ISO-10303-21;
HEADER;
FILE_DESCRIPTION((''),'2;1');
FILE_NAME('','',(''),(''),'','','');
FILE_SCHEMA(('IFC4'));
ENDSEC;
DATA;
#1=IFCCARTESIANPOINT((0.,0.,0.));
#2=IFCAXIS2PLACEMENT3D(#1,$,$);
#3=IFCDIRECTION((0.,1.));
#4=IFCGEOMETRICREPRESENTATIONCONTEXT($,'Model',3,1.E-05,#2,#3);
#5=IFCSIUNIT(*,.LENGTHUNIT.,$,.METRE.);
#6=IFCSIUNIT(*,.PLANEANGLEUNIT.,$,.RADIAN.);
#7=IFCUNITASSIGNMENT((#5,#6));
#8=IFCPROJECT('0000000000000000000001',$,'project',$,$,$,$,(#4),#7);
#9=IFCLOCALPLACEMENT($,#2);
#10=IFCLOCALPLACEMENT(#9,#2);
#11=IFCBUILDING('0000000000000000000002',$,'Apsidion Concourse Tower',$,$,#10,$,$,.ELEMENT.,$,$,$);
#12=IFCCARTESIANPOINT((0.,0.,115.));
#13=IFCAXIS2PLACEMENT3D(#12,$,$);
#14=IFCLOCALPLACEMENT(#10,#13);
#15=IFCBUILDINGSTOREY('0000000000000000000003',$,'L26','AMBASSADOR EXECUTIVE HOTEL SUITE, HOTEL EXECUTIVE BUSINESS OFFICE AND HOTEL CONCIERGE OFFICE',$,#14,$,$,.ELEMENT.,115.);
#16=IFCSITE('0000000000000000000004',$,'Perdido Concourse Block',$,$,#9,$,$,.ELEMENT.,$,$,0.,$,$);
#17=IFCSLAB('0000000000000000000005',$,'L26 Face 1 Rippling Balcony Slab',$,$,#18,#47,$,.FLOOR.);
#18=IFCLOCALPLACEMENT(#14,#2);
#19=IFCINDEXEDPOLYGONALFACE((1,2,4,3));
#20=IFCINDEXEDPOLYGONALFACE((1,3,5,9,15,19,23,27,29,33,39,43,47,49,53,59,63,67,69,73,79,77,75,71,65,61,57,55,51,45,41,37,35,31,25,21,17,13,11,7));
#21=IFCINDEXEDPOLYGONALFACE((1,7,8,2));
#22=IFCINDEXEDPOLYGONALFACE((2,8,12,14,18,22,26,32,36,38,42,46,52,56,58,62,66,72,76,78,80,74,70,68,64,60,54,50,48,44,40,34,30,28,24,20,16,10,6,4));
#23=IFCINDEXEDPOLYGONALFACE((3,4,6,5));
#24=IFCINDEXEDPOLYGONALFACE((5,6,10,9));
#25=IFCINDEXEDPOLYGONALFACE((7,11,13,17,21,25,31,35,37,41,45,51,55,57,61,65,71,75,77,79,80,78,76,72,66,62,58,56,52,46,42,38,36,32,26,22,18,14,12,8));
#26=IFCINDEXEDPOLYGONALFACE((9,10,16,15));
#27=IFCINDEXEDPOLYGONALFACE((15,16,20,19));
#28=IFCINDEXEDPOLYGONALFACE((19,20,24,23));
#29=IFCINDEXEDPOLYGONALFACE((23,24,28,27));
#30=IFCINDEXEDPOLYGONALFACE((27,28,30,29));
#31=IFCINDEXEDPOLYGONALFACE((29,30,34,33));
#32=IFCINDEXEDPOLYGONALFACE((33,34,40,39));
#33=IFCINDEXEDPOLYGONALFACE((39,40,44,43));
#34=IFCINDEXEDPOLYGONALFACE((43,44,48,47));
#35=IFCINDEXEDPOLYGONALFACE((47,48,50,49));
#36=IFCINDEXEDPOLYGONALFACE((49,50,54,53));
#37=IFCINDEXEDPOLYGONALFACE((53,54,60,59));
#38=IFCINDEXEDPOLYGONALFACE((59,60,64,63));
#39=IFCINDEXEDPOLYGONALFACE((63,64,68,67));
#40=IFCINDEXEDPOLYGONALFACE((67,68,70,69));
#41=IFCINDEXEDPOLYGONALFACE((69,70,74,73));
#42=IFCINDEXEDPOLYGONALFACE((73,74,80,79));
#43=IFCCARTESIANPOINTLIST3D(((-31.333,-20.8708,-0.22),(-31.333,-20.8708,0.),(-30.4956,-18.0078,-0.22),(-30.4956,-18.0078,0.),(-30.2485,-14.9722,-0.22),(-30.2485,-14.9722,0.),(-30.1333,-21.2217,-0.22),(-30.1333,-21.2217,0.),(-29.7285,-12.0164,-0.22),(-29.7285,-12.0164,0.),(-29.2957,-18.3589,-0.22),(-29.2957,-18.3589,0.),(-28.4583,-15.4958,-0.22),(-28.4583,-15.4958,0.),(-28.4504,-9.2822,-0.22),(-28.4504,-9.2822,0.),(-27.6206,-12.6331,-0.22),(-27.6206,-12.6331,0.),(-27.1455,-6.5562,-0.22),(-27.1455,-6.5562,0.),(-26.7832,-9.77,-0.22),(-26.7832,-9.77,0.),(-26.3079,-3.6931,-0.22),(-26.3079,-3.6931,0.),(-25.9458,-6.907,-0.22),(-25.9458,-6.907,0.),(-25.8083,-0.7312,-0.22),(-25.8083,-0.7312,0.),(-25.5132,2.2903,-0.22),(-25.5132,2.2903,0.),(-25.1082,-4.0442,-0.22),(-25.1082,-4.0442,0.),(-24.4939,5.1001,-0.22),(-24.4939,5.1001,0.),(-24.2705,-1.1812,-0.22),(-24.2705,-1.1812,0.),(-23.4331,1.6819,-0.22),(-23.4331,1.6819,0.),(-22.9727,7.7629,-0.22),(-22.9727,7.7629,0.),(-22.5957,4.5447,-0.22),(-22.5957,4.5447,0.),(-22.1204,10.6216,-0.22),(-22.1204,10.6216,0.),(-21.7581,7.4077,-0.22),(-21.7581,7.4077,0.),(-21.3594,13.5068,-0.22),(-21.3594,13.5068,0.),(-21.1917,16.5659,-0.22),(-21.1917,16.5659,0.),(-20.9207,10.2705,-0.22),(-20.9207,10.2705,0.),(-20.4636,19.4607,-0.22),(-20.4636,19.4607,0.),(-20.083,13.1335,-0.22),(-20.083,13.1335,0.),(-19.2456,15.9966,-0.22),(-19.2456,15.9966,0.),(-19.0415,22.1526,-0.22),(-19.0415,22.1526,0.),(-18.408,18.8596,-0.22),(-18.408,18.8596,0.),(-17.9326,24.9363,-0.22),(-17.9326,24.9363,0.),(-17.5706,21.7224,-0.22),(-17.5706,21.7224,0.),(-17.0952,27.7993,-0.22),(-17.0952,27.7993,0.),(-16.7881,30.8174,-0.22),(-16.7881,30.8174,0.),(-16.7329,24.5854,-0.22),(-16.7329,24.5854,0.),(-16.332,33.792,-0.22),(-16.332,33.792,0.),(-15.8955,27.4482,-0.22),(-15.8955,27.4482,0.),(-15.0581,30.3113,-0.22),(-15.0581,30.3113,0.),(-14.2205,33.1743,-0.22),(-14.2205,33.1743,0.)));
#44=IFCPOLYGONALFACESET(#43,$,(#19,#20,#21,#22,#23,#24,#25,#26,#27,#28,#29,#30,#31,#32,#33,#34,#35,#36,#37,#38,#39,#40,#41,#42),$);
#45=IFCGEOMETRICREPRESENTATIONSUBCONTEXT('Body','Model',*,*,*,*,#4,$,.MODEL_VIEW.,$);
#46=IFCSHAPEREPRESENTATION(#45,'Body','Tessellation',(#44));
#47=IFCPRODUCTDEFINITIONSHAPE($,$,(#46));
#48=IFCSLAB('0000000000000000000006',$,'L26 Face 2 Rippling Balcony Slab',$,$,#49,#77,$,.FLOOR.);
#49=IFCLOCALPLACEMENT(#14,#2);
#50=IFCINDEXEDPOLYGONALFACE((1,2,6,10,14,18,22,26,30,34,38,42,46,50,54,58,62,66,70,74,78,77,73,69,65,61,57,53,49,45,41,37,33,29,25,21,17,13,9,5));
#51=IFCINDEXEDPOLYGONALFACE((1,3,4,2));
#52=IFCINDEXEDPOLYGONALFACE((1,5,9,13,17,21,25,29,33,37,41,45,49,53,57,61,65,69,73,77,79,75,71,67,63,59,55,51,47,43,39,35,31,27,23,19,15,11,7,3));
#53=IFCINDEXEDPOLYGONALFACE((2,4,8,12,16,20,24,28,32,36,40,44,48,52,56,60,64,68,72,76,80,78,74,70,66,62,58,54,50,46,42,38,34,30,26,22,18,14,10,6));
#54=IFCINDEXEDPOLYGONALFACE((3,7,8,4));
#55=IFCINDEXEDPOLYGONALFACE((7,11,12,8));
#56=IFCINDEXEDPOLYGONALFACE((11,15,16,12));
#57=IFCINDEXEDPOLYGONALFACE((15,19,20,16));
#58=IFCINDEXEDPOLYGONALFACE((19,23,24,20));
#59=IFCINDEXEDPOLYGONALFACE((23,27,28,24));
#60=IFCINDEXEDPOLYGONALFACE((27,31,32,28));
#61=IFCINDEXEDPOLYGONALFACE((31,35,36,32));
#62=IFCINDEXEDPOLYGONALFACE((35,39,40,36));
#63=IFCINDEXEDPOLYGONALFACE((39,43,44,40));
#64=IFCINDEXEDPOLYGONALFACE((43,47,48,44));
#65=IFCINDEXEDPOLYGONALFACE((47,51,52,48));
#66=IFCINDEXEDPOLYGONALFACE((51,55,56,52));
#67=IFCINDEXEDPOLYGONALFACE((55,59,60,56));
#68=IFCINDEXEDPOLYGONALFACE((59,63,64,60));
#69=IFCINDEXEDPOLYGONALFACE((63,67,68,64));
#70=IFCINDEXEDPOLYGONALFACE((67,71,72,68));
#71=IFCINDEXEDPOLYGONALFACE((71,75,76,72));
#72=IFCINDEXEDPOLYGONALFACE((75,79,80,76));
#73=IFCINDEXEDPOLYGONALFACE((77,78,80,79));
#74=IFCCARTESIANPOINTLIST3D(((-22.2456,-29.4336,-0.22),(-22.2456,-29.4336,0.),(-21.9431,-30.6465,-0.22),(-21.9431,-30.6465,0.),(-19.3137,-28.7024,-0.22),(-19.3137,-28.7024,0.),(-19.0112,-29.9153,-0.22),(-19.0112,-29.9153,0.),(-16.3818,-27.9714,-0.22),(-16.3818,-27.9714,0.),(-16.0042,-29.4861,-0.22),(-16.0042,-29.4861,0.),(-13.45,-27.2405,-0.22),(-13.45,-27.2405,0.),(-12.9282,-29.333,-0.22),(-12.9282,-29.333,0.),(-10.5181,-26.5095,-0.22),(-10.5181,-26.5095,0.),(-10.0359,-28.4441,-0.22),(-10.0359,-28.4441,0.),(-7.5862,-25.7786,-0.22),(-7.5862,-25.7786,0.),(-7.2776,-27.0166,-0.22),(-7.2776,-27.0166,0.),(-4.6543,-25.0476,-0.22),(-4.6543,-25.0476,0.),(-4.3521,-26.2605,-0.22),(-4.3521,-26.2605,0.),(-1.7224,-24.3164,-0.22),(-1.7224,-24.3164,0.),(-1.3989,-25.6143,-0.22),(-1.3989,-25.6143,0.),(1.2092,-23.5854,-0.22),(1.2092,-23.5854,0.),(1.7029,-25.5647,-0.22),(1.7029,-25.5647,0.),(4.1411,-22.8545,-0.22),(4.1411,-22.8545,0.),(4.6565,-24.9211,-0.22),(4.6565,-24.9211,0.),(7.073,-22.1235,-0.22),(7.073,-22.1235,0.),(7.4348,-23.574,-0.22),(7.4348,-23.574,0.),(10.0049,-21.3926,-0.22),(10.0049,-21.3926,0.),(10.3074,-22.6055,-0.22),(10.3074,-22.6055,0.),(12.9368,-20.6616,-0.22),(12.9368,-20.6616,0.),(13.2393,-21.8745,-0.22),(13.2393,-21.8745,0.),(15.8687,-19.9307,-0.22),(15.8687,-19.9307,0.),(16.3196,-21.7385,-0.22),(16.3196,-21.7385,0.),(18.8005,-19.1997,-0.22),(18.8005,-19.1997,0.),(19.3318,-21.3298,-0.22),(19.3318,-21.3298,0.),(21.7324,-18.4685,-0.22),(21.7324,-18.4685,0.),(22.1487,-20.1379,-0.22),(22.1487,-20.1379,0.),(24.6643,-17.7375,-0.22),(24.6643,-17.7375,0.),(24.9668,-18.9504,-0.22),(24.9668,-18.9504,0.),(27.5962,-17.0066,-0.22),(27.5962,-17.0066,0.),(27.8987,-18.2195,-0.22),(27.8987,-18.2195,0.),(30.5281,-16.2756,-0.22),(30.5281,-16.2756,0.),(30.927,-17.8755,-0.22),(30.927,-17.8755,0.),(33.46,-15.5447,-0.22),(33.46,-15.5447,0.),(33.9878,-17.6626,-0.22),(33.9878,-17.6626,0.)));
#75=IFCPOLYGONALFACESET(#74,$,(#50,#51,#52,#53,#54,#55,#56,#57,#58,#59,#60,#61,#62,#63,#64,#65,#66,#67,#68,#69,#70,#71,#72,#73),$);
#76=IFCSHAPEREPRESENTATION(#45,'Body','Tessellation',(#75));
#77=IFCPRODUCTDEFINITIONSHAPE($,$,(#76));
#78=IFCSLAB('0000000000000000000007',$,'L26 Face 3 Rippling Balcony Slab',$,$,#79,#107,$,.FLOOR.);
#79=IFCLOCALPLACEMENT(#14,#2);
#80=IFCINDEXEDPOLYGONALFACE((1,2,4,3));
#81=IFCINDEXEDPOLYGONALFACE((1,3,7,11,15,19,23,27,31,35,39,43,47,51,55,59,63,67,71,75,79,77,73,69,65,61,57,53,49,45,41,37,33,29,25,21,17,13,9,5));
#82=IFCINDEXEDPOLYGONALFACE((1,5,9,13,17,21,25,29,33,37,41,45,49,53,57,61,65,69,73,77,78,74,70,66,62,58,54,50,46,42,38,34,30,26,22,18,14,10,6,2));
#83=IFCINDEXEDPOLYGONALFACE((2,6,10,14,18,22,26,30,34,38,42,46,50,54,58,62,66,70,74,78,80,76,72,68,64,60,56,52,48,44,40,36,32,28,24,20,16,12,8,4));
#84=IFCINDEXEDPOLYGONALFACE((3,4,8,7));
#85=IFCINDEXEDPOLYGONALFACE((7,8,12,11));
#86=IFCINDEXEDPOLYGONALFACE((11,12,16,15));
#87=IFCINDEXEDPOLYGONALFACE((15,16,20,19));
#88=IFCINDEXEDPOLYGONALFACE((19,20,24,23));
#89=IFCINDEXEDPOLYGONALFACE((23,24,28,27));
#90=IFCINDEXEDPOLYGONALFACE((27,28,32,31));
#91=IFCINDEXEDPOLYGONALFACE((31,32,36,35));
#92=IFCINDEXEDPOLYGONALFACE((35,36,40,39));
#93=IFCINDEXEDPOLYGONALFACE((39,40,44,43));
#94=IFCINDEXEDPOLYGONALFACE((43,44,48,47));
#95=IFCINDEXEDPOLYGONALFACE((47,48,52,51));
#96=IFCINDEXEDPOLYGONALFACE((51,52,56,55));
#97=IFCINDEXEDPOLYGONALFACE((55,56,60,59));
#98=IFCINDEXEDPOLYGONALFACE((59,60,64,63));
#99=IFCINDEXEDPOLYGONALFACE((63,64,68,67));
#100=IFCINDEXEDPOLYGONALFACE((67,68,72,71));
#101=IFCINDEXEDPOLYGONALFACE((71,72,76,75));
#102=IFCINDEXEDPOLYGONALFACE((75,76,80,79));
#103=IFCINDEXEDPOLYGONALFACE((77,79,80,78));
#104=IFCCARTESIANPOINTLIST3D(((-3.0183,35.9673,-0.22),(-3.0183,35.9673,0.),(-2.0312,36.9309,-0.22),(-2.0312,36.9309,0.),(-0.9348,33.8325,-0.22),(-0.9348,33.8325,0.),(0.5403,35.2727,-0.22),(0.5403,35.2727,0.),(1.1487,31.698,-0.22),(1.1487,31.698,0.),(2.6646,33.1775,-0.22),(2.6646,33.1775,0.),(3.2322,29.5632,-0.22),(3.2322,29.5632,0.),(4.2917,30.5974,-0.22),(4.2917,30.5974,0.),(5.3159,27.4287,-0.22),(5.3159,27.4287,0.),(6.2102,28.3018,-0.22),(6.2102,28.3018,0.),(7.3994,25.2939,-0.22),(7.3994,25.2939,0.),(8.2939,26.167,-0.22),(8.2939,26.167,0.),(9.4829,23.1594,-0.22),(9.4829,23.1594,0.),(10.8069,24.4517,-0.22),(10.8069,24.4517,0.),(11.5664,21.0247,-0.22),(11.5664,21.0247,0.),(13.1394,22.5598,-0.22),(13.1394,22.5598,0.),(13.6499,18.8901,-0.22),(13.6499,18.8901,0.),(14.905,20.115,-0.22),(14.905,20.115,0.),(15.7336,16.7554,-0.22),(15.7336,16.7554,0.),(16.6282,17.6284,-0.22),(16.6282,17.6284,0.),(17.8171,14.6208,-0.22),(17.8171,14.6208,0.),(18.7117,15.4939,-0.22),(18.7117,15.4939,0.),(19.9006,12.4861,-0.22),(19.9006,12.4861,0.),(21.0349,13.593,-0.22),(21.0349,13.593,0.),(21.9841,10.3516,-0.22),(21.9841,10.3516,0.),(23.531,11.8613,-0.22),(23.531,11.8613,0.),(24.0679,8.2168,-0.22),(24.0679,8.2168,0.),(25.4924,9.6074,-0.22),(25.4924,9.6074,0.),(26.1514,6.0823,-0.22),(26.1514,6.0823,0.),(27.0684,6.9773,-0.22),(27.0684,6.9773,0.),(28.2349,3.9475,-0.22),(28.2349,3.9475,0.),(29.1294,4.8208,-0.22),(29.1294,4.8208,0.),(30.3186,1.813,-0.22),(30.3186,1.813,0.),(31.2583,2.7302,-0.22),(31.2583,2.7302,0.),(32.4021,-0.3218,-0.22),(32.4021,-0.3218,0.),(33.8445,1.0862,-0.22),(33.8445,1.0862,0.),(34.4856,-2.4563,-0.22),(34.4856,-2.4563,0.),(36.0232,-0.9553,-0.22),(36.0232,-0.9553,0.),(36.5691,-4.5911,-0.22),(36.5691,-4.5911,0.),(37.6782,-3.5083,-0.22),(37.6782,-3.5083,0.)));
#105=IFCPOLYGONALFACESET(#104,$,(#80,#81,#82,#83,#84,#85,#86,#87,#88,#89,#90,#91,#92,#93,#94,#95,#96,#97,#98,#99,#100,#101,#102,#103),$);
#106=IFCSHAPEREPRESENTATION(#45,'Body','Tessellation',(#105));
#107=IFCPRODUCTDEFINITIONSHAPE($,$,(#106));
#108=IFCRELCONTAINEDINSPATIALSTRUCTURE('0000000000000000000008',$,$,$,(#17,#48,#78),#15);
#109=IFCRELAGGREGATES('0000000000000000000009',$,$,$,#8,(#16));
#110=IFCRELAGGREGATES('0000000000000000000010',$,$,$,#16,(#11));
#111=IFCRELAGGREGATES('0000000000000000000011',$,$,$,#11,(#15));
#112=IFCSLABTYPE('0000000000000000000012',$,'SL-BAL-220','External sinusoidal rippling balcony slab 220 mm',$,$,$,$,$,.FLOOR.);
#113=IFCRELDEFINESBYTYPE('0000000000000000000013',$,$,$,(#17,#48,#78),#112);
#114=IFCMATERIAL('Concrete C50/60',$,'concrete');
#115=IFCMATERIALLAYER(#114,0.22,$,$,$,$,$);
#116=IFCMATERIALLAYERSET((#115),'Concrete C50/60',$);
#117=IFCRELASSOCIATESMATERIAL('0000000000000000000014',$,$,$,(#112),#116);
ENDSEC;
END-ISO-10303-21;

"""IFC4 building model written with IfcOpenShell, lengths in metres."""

from ifc_helpers import new_model, si_unit, direction, frame, origin, place, context, subcontext, project, spatial, polyline, outline, extrude, material, layer, layer_set, type_object, element, save


model = new_model("IFC4")

# Units and contexts
model_context = context("Model", 3, precision=1e-05, world=origin(), true_north=direction((0.0, 1.0)))
body_context = subcontext(model_context, "Body", "Model", "MODEL_VIEW")
ifc_project = project(units=[si_unit("LENGTHUNIT", "METRE"), si_unit("PLANEANGLEUNIT", "RADIAN")], contexts=[model_context])

# Site, building, storey
site_placement = place(None, origin())
site = spatial("IfcSite", under=ifc_project, at=site_placement, Name="Perdido Concourse Block", CompositionType="ELEMENT", RefElevation=0.0)
building_placement = place(site_placement, origin())
building = spatial("IfcBuilding", under=site, at=building_placement, Name="Apsidion Concourse Tower", CompositionType="ELEMENT")
storey_placement = place(building_placement, frame((0.0, 0.0, 115.0)))
storey = spatial("IfcBuildingStorey", under=building, at=storey_placement, Name="L26", Description="AMBASSADOR EXECUTIVE HOTEL SUITE, HOTEL EXECUTIVE BUSINESS OFFICE AND HOTEL CONCIERGE OFFICE", CompositionType="ELEMENT", Elevation=115.0)

# Shared definitions
ifc_material_1 = material(Name="Concrete C50/60", Category="concrete")

# Slabs
ifc_layer_1 = layer(ifc_material_1, 0.22)
ifc_layer_set_1 = layer_set([ifc_layer_1], Name="Concrete C50/60")
slab_type_1 = type_object("IfcSlabType", Name="SL-BAL-220", Description="External sinusoidal rippling balcony slab 220 mm", PredefinedType="FLOOR", material=ifc_layer_set_1)
slab_1_placement = place(storey_placement, frame((0.0, 0.0, -0.22)))
element("IfcSlab", 1, at=slab_1_placement, inside=storey, type_object=slab_type_1, Name="L26 Face 1 Rippling Balcony Slab", PredefinedType="FLOOR", context=body_context, shape_type="SweptSolid", body=[
    extrude(outline(polyline([(-14.2205, 33.1743), (-15.0581, 30.3113), (-15.8955, 27.4482), (-16.7329, 24.5854), (-17.5706, 21.7224), (-18.408, 18.8596), (-19.2456, 15.9966), (-20.083, 13.1335), (-20.9207, 10.2705), (-21.7581, 7.4077), (-22.5957, 4.5447), (-23.4331, 1.6819), (-24.2705, -1.1812), (-25.1082, -4.0442), (-25.9458, -6.907), (-26.7832, -9.77), (-27.6206, -12.6331), (-28.4583, -15.4958), (-29.2957, -18.3589), (-30.1333, -21.2217), (-31.333, -20.8708), (-30.4956, -18.0078), (-30.2485, -14.9722), (-29.7285, -12.0164), (-28.4504, -9.2822), (-27.1455, -6.5562), (-26.3079, -3.6931), (-25.8083, -0.7312), (-25.5132, 2.2903), (-24.4939, 5.1001), (-22.9727, 7.7629), (-22.1204, 10.6216), (-21.3594, 13.5068), (-21.1917, 16.5659), (-20.4636, 19.4607), (-19.0415, 22.1526), (-17.9326, 24.9363), (-17.0952, 27.7993), (-16.7881, 30.8174), (-16.332, 33.792), (-14.2205, 33.1743)])), origin(), (0.0, 0.0, 1.0), 0.22),
])
slab_2_placement = place(storey_placement, frame((0.0, 0.0, -0.22)))
element("IfcSlab", 2, at=slab_2_placement, inside=storey, type_object=slab_type_1, Name="L26 Face 2 Rippling Balcony Slab", PredefinedType="FLOOR", context=body_context, shape_type="SweptSolid", body=[
    extrude(outline(polyline([(-22.2456, -29.4336), (-19.3137, -28.7024), (-16.3818, -27.9714), (-13.45, -27.2405), (-10.5181, -26.5095), (-7.5862, -25.7786), (-4.6543, -25.0476), (-1.7224, -24.3164), (1.2092, -23.5854), (4.1411, -22.8545), (7.073, -22.1235), (10.0049, -21.3926), (12.9368, -20.6616), (15.8687, -19.9307), (18.8005, -19.1997), (21.7324, -18.4685), (24.6643, -17.7375), (27.5962, -17.0066), (30.5281, -16.2756), (33.46, -15.5447), (33.9878, -17.6626), (30.927, -17.8755), (27.8987, -18.2195), (24.9668, -18.9504), (22.1487, -20.1379), (19.3318, -21.3298), (16.3196, -21.7385), (13.2393, -21.8745), (10.3074, -22.6055), (7.4348, -23.574), (4.6565, -24.9211), (1.7029, -25.5647), (-1.3989, -25.6143), (-4.3521, -26.2605), (-7.2776, -27.0166), (-10.0359, -28.4441), (-12.9282, -29.333), (-16.0042, -29.4861), (-19.0112, -29.9153), (-21.9431, -30.6465), (-22.2456, -29.4336)])), origin(), (0.0, 0.0, 1.0), 0.22),
])
slab_3_placement = place(storey_placement, frame((0.0, 0.0, -0.22)))
element("IfcSlab", 3, at=slab_3_placement, inside=storey, type_object=slab_type_1, Name="L26 Face 3 Rippling Balcony Slab", PredefinedType="FLOOR", context=body_context, shape_type="SweptSolid", body=[
    extrude(outline(polyline([(36.5691, -4.5911), (34.4856, -2.4563), (32.4021, -0.3218), (30.3186, 1.813), (28.2349, 3.9475), (26.1514, 6.0823), (24.0679, 8.2168), (21.9841, 10.3516), (19.9006, 12.4861), (17.8171, 14.6208), (15.7336, 16.7554), (13.6499, 18.8901), (11.5664, 21.0247), (9.4829, 23.1594), (7.3994, 25.2939), (5.3159, 27.4287), (3.2322, 29.5632), (1.1487, 31.698), (-0.9348, 33.8325), (-3.0183, 35.9673), (-2.0312, 36.9309), (0.5403, 35.2727), (2.6646, 33.1775), (4.2917, 30.5974), (6.2102, 28.3018), (8.2939, 26.167), (10.8069, 24.4517), (13.1394, 22.5598), (14.905, 20.115), (16.6282, 17.6284), (18.7117, 15.4939), (21.0349, 13.593), (23.531, 11.8613), (25.4924, 9.6074), (27.0684, 6.9773), (29.1294, 4.8208), (31.2583, 2.7302), (33.8445, 1.0862), (36.0232, -0.9553), (37.6782, -3.5083), (36.5691, -4.5911)])), origin(), (0.0, 0.0, 1.0), 0.22),
])

save(model, "model.ifc")
